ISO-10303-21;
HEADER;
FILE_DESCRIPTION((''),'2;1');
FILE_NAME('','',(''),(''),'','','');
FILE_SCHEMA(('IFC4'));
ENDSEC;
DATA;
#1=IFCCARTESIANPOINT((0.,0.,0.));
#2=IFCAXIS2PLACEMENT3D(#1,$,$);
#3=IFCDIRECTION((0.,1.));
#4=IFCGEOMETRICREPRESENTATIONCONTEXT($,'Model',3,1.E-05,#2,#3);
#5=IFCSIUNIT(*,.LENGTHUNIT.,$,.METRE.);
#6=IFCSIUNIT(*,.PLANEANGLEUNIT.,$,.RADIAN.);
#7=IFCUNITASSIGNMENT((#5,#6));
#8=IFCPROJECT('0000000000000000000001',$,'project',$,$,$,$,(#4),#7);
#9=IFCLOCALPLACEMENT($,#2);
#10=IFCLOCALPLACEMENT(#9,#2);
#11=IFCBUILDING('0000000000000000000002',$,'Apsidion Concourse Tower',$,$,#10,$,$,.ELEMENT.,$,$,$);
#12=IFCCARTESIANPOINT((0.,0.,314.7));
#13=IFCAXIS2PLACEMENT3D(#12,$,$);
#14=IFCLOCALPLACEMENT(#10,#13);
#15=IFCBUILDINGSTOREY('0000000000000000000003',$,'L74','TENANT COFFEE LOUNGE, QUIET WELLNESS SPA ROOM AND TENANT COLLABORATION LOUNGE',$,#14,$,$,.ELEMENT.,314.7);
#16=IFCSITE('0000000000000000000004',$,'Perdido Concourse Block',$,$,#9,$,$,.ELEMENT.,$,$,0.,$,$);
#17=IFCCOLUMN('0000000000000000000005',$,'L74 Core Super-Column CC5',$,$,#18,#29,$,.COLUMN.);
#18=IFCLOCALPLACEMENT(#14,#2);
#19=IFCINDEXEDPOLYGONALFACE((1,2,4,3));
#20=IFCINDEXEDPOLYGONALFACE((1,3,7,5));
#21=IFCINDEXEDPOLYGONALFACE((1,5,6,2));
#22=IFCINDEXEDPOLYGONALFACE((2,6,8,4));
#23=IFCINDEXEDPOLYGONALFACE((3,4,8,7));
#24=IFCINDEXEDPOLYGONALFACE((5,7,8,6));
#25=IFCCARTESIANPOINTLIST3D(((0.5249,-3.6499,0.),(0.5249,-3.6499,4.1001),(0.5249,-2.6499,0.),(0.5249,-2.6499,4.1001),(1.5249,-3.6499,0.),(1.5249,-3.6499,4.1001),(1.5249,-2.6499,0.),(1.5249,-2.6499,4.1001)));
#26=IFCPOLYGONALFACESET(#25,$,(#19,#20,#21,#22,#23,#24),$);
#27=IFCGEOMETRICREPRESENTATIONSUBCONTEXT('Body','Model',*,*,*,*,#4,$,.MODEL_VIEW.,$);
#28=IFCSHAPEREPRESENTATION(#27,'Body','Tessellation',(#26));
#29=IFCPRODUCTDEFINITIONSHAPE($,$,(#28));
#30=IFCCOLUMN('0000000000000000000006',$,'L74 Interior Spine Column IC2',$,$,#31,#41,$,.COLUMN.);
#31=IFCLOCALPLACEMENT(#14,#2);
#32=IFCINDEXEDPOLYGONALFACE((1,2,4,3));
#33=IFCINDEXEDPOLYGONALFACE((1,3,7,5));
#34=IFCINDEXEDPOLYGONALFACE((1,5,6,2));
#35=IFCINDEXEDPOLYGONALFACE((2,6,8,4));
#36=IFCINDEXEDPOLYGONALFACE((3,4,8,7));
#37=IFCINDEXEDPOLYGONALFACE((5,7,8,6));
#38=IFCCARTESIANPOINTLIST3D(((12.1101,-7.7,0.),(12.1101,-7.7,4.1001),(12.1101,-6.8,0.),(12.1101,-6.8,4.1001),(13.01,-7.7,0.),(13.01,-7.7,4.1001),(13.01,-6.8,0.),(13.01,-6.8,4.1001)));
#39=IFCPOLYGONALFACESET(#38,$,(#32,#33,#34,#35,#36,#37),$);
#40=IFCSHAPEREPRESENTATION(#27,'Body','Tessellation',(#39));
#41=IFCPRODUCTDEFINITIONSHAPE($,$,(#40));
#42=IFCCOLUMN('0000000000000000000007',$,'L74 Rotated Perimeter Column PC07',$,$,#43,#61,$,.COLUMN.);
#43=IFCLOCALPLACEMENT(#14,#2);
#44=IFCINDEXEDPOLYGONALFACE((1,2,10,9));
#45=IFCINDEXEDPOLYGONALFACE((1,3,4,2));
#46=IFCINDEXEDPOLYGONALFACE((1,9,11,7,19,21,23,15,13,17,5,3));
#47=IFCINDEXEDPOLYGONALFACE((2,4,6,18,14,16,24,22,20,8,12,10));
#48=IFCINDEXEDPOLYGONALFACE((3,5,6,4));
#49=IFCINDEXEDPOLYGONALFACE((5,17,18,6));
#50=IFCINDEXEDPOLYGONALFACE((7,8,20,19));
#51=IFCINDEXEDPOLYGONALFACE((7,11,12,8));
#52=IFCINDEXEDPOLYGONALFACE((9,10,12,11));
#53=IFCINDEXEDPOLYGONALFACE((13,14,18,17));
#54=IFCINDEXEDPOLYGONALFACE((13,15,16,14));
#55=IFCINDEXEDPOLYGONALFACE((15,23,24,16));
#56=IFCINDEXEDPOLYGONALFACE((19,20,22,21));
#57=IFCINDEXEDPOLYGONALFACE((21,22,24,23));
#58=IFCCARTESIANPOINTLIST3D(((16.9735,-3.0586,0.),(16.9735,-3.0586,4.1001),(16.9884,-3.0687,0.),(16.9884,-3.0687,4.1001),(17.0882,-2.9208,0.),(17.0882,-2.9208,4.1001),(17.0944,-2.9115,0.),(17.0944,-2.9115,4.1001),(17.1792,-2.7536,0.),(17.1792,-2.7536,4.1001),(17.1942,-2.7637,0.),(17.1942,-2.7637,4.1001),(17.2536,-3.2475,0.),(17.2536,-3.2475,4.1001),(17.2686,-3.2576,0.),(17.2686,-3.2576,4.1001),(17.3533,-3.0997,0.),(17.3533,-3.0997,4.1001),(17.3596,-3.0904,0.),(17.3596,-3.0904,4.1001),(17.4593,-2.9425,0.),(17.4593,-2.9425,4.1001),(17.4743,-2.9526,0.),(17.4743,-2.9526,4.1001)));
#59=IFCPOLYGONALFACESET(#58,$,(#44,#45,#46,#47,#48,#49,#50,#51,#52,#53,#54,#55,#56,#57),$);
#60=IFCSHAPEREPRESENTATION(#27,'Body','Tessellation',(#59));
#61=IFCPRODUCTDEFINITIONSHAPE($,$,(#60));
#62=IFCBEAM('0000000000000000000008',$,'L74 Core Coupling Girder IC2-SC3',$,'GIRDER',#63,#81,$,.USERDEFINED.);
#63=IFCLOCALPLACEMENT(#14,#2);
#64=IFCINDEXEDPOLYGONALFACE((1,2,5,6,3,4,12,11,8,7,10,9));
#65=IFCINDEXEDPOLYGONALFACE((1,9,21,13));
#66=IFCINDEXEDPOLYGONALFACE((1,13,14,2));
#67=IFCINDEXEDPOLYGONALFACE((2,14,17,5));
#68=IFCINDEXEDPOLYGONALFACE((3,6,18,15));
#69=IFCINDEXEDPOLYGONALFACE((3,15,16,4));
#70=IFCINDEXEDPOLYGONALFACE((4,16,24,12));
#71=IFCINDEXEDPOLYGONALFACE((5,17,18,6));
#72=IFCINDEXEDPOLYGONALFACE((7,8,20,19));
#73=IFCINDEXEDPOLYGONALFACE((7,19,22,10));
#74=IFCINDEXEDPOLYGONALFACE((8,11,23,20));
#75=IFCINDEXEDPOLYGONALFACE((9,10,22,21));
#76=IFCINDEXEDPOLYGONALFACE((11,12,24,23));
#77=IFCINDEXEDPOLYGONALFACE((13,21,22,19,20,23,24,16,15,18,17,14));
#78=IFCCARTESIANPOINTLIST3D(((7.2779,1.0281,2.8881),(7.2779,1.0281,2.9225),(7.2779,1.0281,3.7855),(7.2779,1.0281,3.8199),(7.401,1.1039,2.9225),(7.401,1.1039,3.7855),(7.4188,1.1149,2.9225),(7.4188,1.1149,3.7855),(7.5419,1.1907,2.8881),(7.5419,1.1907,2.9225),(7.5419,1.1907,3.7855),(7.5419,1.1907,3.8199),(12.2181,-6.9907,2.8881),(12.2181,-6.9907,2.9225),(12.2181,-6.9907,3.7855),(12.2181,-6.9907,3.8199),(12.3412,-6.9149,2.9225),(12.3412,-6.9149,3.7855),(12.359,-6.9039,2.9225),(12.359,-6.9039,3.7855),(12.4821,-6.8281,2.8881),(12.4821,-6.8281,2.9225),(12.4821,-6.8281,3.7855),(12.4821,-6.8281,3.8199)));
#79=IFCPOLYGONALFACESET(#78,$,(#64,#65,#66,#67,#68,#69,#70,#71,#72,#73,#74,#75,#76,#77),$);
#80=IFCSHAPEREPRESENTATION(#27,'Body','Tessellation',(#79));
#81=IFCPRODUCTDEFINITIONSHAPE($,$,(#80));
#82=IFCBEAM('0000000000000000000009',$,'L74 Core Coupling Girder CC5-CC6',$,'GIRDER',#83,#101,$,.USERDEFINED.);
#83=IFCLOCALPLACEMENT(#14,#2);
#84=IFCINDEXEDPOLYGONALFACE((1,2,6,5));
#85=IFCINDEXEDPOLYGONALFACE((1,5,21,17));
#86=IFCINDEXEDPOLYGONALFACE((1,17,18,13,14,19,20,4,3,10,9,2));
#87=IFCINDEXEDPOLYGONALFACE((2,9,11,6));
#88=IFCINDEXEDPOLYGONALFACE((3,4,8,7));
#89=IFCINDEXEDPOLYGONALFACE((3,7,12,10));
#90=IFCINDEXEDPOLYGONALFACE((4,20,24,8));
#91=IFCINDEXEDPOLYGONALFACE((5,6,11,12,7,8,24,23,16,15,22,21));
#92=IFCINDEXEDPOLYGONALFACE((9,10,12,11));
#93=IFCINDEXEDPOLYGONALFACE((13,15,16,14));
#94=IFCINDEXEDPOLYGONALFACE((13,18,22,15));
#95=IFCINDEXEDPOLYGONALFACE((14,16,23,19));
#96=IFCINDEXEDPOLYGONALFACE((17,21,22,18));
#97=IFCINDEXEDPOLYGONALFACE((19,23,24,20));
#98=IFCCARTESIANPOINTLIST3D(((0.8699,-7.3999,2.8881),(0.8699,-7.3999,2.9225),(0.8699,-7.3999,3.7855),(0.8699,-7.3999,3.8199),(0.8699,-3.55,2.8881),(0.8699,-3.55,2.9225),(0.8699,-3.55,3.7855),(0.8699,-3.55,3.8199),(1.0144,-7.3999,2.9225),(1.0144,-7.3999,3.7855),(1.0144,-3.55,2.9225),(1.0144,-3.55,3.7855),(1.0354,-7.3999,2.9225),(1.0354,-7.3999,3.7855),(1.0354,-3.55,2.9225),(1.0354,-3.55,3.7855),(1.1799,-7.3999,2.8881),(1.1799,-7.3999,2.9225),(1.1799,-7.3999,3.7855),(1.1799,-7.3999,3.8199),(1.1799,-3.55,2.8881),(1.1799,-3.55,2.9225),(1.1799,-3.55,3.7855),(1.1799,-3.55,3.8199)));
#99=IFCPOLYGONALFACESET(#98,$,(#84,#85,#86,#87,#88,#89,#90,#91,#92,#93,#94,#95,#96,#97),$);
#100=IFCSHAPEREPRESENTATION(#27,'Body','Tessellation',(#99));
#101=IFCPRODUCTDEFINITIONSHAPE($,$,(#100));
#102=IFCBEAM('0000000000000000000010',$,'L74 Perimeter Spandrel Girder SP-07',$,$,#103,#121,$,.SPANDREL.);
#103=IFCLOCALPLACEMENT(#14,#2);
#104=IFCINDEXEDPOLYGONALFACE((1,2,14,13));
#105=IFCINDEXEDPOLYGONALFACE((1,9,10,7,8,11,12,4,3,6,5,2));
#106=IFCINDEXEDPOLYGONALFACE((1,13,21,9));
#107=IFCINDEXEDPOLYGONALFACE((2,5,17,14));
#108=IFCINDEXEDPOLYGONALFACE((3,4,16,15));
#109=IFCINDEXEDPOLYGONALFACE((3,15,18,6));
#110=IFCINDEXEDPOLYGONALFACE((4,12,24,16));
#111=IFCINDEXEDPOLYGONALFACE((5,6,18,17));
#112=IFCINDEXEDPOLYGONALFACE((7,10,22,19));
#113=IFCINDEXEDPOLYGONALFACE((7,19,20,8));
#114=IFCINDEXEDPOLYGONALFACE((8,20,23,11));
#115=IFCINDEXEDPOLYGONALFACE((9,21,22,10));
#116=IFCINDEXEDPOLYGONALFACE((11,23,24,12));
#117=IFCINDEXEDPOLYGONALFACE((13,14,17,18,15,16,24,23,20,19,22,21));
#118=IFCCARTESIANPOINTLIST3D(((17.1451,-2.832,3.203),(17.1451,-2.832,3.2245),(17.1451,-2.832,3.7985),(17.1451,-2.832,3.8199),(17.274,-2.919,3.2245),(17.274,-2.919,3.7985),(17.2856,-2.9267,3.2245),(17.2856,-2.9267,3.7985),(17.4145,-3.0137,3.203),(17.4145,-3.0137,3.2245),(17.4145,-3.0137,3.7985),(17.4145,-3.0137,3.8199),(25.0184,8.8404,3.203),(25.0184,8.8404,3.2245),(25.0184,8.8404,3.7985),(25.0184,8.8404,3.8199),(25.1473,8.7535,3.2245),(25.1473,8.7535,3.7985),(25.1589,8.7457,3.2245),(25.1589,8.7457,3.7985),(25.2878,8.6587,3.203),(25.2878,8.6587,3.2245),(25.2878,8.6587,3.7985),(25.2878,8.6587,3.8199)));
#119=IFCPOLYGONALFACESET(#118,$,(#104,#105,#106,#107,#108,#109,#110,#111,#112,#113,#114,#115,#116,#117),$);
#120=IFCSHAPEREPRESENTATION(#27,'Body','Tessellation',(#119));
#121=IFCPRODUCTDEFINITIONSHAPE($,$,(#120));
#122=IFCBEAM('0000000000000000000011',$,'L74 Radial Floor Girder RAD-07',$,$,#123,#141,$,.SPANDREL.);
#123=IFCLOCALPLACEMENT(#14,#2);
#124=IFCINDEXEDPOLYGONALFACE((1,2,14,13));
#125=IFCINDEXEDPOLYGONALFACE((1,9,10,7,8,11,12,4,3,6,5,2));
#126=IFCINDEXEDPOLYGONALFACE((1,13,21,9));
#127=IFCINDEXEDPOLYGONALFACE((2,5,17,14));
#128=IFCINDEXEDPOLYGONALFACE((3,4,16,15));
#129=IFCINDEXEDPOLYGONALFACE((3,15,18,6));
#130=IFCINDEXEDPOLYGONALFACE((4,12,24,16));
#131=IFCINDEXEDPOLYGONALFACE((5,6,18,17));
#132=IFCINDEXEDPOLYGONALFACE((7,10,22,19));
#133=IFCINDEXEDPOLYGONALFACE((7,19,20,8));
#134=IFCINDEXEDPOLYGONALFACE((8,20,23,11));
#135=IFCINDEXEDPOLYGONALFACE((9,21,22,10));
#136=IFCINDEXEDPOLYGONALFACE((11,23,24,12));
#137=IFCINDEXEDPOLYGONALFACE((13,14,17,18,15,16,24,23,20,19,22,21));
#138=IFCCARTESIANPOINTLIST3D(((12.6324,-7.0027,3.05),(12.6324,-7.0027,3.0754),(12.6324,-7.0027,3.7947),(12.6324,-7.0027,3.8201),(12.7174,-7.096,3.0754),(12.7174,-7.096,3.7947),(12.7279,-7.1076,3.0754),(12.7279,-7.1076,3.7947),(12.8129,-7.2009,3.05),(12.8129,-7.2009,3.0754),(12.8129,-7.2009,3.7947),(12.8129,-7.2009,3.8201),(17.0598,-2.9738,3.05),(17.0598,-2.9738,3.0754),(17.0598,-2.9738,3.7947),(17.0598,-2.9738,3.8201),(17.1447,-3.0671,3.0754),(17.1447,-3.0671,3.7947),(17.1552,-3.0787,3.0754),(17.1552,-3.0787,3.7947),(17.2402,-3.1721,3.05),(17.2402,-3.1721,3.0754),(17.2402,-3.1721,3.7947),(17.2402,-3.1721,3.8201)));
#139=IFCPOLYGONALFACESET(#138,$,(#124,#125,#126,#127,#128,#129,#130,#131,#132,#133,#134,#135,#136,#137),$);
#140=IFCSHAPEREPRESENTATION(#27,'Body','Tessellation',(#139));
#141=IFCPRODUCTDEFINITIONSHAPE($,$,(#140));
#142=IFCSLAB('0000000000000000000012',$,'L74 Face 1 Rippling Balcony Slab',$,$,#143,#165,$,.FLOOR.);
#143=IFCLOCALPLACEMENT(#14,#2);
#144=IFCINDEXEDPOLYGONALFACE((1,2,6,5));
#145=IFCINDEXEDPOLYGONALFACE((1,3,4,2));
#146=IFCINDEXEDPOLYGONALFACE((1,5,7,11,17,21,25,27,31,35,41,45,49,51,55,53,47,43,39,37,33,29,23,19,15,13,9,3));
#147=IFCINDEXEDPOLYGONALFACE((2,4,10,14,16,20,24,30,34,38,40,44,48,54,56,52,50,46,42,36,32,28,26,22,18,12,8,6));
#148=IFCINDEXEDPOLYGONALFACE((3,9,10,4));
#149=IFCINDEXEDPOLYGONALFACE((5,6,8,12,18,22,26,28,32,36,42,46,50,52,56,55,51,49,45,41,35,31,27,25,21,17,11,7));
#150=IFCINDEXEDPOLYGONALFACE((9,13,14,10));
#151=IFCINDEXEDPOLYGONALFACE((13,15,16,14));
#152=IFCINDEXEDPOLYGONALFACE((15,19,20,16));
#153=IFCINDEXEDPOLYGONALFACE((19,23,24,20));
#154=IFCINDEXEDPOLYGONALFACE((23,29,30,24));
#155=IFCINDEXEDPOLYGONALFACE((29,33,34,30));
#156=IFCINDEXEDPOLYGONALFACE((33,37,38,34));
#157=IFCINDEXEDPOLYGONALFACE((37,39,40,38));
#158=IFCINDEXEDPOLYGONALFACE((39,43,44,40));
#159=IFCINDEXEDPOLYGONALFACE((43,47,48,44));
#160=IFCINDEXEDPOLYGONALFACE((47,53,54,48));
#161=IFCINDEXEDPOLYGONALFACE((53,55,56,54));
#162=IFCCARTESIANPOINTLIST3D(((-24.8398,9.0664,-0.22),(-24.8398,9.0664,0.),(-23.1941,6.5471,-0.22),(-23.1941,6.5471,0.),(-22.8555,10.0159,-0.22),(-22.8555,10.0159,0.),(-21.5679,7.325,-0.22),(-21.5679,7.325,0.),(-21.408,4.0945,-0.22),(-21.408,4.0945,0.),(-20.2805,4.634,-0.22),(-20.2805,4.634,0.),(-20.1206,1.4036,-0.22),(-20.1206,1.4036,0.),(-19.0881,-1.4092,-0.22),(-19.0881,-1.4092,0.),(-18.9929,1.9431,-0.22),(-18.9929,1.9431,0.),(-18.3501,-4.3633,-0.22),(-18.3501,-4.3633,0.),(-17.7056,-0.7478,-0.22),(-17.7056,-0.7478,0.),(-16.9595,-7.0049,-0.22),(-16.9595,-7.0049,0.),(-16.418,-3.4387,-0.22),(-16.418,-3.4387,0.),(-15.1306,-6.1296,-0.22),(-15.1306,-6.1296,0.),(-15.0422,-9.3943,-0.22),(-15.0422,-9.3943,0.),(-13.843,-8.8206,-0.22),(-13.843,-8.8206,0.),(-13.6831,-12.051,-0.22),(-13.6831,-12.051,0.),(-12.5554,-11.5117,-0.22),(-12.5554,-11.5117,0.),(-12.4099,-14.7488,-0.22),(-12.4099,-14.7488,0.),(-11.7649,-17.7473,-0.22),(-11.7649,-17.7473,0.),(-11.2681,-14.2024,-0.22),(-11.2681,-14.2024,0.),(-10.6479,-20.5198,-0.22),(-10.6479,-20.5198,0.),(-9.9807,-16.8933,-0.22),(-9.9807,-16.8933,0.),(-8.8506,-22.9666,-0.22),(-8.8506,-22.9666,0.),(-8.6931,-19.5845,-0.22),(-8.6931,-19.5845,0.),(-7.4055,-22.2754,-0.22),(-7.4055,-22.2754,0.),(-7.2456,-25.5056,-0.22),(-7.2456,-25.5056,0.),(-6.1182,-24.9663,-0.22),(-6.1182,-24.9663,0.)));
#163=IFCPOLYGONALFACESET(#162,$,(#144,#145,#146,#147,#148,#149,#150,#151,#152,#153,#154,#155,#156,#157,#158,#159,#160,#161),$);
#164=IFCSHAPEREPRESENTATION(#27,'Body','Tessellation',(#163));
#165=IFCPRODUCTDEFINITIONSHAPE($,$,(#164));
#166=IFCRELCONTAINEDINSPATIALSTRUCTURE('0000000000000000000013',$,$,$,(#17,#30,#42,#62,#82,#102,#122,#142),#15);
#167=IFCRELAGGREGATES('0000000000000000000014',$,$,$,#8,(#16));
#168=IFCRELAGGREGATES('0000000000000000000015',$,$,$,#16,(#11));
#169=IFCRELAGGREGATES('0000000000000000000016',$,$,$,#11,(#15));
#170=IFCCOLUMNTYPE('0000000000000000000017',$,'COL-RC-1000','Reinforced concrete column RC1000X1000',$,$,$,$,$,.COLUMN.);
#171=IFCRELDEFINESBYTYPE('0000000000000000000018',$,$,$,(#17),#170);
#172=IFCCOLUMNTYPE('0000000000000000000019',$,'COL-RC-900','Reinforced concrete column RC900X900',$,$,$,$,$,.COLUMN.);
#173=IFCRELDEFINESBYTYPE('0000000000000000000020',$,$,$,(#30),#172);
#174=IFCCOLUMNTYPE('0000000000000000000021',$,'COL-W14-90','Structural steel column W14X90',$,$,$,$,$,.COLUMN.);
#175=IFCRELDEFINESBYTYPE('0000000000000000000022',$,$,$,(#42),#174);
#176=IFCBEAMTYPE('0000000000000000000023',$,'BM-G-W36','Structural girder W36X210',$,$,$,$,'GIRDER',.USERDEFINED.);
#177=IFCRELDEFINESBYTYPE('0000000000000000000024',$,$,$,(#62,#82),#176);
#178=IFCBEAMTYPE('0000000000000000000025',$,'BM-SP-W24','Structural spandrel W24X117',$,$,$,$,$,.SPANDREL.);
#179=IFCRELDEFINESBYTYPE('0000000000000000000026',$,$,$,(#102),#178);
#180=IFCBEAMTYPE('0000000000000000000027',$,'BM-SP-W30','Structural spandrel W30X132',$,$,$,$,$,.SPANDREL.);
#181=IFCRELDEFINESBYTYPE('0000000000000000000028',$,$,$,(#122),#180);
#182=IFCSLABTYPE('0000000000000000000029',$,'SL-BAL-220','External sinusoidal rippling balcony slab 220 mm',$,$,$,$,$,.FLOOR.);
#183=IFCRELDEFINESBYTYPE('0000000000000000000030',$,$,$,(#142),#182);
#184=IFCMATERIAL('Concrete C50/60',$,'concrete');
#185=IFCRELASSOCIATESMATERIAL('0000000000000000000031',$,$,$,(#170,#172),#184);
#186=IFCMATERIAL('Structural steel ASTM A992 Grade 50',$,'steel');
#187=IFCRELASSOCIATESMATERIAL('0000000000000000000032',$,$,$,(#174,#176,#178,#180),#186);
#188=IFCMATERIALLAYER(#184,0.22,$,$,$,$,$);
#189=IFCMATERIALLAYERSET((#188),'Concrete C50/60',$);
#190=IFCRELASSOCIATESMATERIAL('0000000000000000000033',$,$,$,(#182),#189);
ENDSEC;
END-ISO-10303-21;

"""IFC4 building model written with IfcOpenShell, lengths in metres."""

from ifc_helpers import new_model, si_unit, direction, frame, origin, origin_2d, place, context, subcontext, project, spatial, polyline, rectangle, i_section, outline, extrude, material, layer, layer_set, material_profile, profile_set, type_object, element, save


model = new_model("IFC4")

# Units and contexts
model_context = context("Model", 3, precision=1e-05, world=origin(), true_north=direction((0.0, 1.0)))
body_context = subcontext(model_context, "Body", "Model", "MODEL_VIEW")
ifc_project = project(units=[si_unit("LENGTHUNIT", "METRE"), si_unit("PLANEANGLEUNIT", "RADIAN")], contexts=[model_context])

# Site, building, storey
site_placement = place(None, origin())
site = spatial("IfcSite", under=ifc_project, at=site_placement, Name="Perdido Concourse Block", CompositionType="ELEMENT", RefElevation=0.0)
building_placement = place(site_placement, origin())
building = spatial("IfcBuilding", under=site, at=building_placement, Name="Apsidion Concourse Tower", CompositionType="ELEMENT")
storey_placement = place(building_placement, frame((0.0, 0.0, 314.7)))
storey = spatial("IfcBuildingStorey", under=building, at=storey_placement, Name="L74", Description="TENANT COFFEE LOUNGE, QUIET WELLNESS SPA ROOM AND TENANT COLLABORATION LOUNGE", CompositionType="ELEMENT", Elevation=314.7)

# Columns
ifc_material_1 = material(Name="Concrete C50/60", Category="concrete")
ifc_material_profile_1 = material_profile(ifc_material_1, rectangle(XDim=1.0, YDim=1.0, at=origin_2d()), Name="RC 1000x1000")
ifc_profile_set_1 = profile_set([ifc_material_profile_1], Name="Concrete C50/60")
column_type_1 = type_object("IfcColumnType", Name="COL-RC-1000", Description="Reinforced concrete column RC1000X1000", PredefinedType="COLUMN", material=ifc_profile_set_1)
column_1_placement = place(storey_placement, frame((1.0249, -3.1499, 0.0), z_axis=(0.0, 0.0, 1.0), x_axis=(1.0, 0.0, 0.0)))
element("IfcColumn", 1, at=column_1_placement, inside=storey, type_object=column_type_1, Name="L74 Core Super-Column CC5", PredefinedType="COLUMN", context=body_context, shape_type="SweptSolid", body=[
    extrude(rectangle(XDim=1.0, YDim=1.0, at=origin_2d()), origin(), (0.0, 0.0, 1.0), 4.1001),
])
ifc_material_profile_2 = material_profile(ifc_material_1, rectangle(XDim=0.8999, YDim=0.8999, at=origin_2d()), Name="RC 900x900")
ifc_profile_set_2 = profile_set([ifc_material_profile_2], Name="Concrete C50/60")
column_type_2 = type_object("IfcColumnType", Name="COL-RC-900", Description="Reinforced concrete column RC900X900", PredefinedType="COLUMN", material=ifc_profile_set_2)
column_2_placement = place(storey_placement, frame((12.5601, -7.25, 0.0), z_axis=(0.0, 0.0, 1.0), x_axis=(1.0, 0.0, 0.0)))
element("IfcColumn", 2, at=column_2_placement, inside=storey, type_object=column_type_2, Name="L74 Interior Spine Column IC2", PredefinedType="COLUMN", context=body_context, shape_type="SweptSolid", body=[
    extrude(rectangle(XDim=0.8999, YDim=0.8999, at=origin_2d()), origin(), (0.0, 0.0, 1.0), 4.1001),
])
ifc_material_2 = material(Name="Structural steel ASTM A992 Grade 50", Category="steel")
ifc_material_profile_3 = material_profile(ifc_material_2, i_section(OverallWidth=0.3679, OverallDepth=0.356, WebThickness=0.0112, FlangeThickness=0.0181, at=origin_2d()), Name="W14X90")
ifc_profile_set_3 = profile_set([ifc_material_profile_3], Name="Structural steel ASTM A992 Grade 50")
column_type_3 = type_object("IfcColumnType", Name="COL-W14-90", Description="Structural steel column W14X90", PredefinedType="COLUMN", material=ifc_profile_set_3)
column_3_placement = place(storey_placement, frame((17.2239, -3.0056, 0.0), z_axis=(0.0, 0.0, 1.0), x_axis=(0.559193, 0.829038, 0.0)))
element("IfcColumn", 3, at=column_3_placement, inside=storey, type_object=column_type_3, Name="L74 Rotated Perimeter Column PC07", PredefinedType="COLUMN", context=body_context, shape_type="SweptSolid", body=[
    extrude(i_section(OverallWidth=0.3679, OverallDepth=0.356, WebThickness=0.0112, FlangeThickness=0.0181, at=origin_2d()), origin(), (0.0, 0.0, 1.0), 4.1001),
])

# Beams
ifc_material_profile_4 = material_profile(ifc_material_2, i_section(OverallWidth=0.3101, OverallDepth=0.9319, WebThickness=0.021, FlangeThickness=0.0344, at=origin_2d()), Name="W36X210")
ifc_profile_set_4 = profile_set([ifc_material_profile_4], Name="Structural steel ASTM A992 Grade 50")
beam_type_1 = type_object("IfcBeamType", Name="BM-G-W36", Description="Structural girder W36X210", ElementType="GIRDER", PredefinedType="USERDEFINED", material=ifc_profile_set_4)
beam_1_placement = place(storey_placement, frame((12.3501, -6.9094, 3.354), z_axis=(-0.524524, 0.851396, 0.0), x_axis=(-0.851396, -0.524524, 0.0)))
element("IfcBeam", 4, at=beam_1_placement, inside=storey, type_object=beam_type_1, Name="L74 Core Coupling Girder IC2-SC3", ObjectType="GIRDER", PredefinedType="USERDEFINED", context=body_context, shape_type="SweptSolid", body=[
    extrude(i_section(OverallWidth=0.3101, OverallDepth=0.9319, WebThickness=0.021, FlangeThickness=0.0344, at=origin_2d()), origin(), (0.0, 0.0, 1.0), 9.4185),
])
beam_2_placement = place(storey_placement, frame((1.0249, -3.55, 3.354), z_axis=(0.0, -1.0, 0.0), x_axis=(1.0, 0.0, 0.0)))
element("IfcBeam", 5, at=beam_2_placement, inside=storey, type_object=beam_type_1, Name="L74 Core Coupling Girder CC5-CC6", ObjectType="GIRDER", PredefinedType="USERDEFINED", context=body_context, shape_type="SweptSolid", body=[
    extrude(i_section(OverallWidth=0.3101, OverallDepth=0.9319, WebThickness=0.021, FlangeThickness=0.0344, at=origin_2d()), origin(), (0.0, 0.0, 1.0), 3.8499),
])
ifc_material_profile_5 = material_profile(ifc_material_2, i_section(OverallWidth=0.325, OverallDepth=0.6169, WebThickness=0.0139, FlangeThickness=0.0215, at=origin_2d()), Name="W24X117")
ifc_profile_set_5 = profile_set([ifc_material_profile_5], Name="Structural steel ASTM A992 Grade 50")
beam_type_2 = type_object("IfcBeamType", Name="BM-SP-W24", Description="Structural spandrel W24X117", PredefinedType="SPANDREL", material=ifc_profile_set_5)
beam_3_placement = place(storey_placement, frame((17.2798, -2.9229, 3.5115), z_axis=(0.559202, 0.829032, 0.0), x_axis=(-0.829032, 0.559202, 0.0)))
element("IfcBeam", 6, at=beam_3_placement, inside=storey, type_object=beam_type_2, Name="L74 Perimeter Spandrel Girder SP-07", PredefinedType="SPANDREL", context=body_context, shape_type="SweptSolid", body=[
    extrude(i_section(OverallWidth=0.325, OverallDepth=0.6169, WebThickness=0.0139, FlangeThickness=0.0215, at=origin_2d()), origin(), (0.0, 0.0, 1.0), 14.0796),
])
ifc_material_profile_6 = material_profile(ifc_material_2, i_section(OverallWidth=0.2681, OverallDepth=0.77, WebThickness=0.0156, FlangeThickness=0.0254, at=origin_2d()), Name="W30X132")
ifc_profile_set_6 = profile_set([ifc_material_profile_6], Name="Structural steel ASTM A992 Grade 50")
beam_type_3 = type_object("IfcBeamType", Name="BM-SP-W30", Description="Structural spandrel W30X132", PredefinedType="SPANDREL", material=ifc_profile_set_6)
beam_4_placement = place(storey_placement, frame((12.7227, -7.1018, 3.4351), z_axis=(0.739604, 0.673042, 0.0), x_axis=(-0.673042, 0.739604, 0.0)))
element("IfcBeam", 7, at=beam_4_placement, inside=storey, type_object=beam_type_3, Name="L74 Radial Floor Girder RAD-07", PredefinedType="SPANDREL", context=body_context, shape_type="SweptSolid", body=[
    extrude(i_section(OverallWidth=0.2681, OverallDepth=0.77, WebThickness=0.0156, FlangeThickness=0.0254, at=origin_2d()), origin(), (0.0, 0.0, 1.0), 5.9861),
])

# Slab
ifc_layer_1 = layer(ifc_material_1, 0.22)
ifc_layer_set_1 = layer_set([ifc_layer_1], Name="Concrete C50/60")
slab_type_1 = type_object("IfcSlabType", Name="SL-BAL-220", Description="External sinusoidal rippling balcony slab 220 mm", PredefinedType="FLOOR", material=ifc_layer_set_1)
slab_1_placement = place(storey_placement, frame((0.0, 0.0, -0.22)))
element("IfcSlab", 8, at=slab_1_placement, inside=storey, type_object=slab_type_1, Name="L74 Face 1 Rippling Balcony Slab", PredefinedType="FLOOR", context=body_context, shape_type="SweptSolid", body=[
    extrude(outline(polyline([(-22.8555, 10.0159), (-21.5679, 7.325), (-20.2805, 4.634), (-18.9929, 1.9431), (-17.7056, -0.7478), (-16.418, -3.4387), (-15.1306, -6.1296), (-13.843, -8.8206), (-12.5554, -11.5117), (-11.2681, -14.2024), (-9.9807, -16.8933), (-8.6931, -19.5845), (-7.4055, -22.2754), (-6.1182, -24.9663), (-7.2456, -25.5056), (-8.8506, -22.9666), (-10.6479, -20.5198), (-11.7649, -17.7473), (-12.4099, -14.7488), (-13.6831, -12.051), (-15.0422, -9.3943), (-16.9595, -7.0049), (-18.3501, -4.3633), (-19.0881, -1.4092), (-20.1206, 1.4036), (-21.408, 4.0945), (-23.1941, 6.5471), (-24.8398, 9.0664), (-22.8555, 10.0159)])), origin(), (0.0, 0.0, 1.0), 0.22),
])

save(model, "model.ifc")
